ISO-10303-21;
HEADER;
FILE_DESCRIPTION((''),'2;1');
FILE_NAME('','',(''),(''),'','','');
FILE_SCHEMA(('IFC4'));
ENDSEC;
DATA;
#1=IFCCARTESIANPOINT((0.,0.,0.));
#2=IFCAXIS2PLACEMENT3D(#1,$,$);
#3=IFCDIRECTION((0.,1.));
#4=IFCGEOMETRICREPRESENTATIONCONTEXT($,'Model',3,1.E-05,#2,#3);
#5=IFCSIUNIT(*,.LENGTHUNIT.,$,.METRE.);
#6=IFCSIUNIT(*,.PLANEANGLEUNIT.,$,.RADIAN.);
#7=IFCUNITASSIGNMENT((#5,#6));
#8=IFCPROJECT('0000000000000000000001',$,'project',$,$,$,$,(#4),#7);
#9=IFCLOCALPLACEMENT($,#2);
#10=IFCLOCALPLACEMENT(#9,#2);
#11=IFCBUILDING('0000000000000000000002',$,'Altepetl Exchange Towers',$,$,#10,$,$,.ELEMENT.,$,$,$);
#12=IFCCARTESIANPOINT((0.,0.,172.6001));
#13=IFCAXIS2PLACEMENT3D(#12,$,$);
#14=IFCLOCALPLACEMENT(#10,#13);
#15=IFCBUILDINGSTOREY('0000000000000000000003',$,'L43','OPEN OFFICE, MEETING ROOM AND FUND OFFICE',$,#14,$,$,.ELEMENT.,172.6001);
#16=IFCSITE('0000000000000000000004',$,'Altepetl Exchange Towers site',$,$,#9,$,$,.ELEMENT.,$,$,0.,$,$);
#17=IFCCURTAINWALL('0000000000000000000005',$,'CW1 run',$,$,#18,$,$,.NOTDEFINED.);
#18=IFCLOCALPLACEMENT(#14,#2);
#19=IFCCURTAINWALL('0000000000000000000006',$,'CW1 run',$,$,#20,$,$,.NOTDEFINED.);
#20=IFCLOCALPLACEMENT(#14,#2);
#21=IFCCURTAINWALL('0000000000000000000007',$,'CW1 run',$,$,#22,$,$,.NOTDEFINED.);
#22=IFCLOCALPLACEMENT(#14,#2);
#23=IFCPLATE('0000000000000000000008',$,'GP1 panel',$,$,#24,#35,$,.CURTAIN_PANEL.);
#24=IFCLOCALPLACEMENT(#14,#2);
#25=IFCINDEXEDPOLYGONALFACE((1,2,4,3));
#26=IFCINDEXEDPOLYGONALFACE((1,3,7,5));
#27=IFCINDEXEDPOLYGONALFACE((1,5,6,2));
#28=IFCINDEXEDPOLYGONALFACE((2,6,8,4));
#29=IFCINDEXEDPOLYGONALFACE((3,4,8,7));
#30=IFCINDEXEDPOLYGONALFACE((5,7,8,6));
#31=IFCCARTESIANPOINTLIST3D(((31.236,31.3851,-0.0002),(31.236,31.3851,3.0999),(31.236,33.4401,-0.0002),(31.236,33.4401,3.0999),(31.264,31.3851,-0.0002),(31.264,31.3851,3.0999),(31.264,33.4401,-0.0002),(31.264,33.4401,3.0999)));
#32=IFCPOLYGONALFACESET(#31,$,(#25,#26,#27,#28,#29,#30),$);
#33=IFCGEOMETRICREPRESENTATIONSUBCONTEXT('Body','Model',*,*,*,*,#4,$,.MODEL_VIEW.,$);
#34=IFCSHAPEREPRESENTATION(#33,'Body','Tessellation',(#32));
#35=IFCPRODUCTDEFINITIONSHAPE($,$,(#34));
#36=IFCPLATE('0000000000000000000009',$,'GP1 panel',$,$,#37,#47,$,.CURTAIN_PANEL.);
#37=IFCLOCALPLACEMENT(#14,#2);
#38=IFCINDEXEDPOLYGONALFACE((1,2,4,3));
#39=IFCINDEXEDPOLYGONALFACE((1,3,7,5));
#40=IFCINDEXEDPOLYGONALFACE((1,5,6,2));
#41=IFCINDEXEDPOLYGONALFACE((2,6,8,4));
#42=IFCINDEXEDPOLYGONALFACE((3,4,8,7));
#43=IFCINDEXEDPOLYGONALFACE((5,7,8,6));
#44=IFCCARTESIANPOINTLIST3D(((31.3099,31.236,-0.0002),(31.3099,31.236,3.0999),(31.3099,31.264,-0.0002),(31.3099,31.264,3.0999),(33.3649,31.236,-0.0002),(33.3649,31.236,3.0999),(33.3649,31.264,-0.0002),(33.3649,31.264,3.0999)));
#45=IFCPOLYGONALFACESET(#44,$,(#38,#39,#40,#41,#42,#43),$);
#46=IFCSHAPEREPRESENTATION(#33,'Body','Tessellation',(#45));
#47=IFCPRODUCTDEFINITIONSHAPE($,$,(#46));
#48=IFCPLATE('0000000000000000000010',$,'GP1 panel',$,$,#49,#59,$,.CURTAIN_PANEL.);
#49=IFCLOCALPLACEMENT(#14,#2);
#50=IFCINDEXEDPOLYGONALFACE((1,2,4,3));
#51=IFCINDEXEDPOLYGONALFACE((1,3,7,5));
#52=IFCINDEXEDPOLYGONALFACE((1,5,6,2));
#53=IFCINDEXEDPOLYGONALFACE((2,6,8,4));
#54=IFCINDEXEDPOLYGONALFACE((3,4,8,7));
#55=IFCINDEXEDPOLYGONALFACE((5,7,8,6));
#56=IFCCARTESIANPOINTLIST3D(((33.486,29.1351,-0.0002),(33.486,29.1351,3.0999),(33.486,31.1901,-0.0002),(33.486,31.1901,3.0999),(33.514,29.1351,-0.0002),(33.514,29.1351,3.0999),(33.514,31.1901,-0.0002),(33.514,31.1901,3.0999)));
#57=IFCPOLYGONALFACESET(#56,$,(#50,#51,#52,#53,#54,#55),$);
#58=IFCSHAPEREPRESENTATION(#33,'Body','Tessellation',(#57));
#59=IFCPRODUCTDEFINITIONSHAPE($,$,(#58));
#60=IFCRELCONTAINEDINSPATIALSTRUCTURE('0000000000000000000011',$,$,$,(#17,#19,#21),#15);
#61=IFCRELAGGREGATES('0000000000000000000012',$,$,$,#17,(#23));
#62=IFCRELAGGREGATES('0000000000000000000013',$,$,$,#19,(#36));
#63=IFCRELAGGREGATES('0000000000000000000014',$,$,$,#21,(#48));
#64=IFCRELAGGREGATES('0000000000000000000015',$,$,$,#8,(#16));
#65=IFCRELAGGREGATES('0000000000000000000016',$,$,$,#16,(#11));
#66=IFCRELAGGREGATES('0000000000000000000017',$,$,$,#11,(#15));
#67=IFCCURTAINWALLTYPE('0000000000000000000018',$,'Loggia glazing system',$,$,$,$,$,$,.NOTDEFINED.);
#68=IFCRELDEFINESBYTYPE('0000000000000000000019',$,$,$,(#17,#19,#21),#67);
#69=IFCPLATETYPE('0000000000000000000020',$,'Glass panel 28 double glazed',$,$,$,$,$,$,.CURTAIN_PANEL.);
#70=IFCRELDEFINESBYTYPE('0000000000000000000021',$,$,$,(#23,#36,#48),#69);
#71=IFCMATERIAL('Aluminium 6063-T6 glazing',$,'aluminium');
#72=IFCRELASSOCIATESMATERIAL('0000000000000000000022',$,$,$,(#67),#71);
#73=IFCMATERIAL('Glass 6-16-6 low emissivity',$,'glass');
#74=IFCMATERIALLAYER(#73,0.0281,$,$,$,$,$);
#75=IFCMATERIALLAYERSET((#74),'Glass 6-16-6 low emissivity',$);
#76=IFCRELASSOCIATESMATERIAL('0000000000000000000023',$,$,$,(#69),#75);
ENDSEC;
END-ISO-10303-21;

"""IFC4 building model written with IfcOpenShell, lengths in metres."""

from ifc_helpers import new_model, si_unit, direction, frame, origin, origin_2d, place, context, subcontext, project, spatial, rectangle, extrude, material, layer, layer_set, type_object, element, aggregate, save


model = new_model("IFC4")

# Units and contexts
model_context = context("Model", 3, precision=1e-05, world=origin(), true_north=direction((0.0, 1.0)))
body_context = subcontext(model_context, "Body", "Model", "MODEL_VIEW")
ifc_project = project(units=[si_unit("LENGTHUNIT", "METRE"), si_unit("PLANEANGLEUNIT", "RADIAN")], contexts=[model_context])

# Site, building, storey
site_placement = place(None, origin())
site = spatial("IfcSite", under=ifc_project, at=site_placement, Name="Altepetl Exchange Towers site", CompositionType="ELEMENT", RefElevation=0.0)
building_placement = place(site_placement, origin())
building = spatial("IfcBuilding", under=site, at=building_placement, Name="Altepetl Exchange Towers", CompositionType="ELEMENT")
storey_placement = place(building_placement, frame((0.0, 0.0, 172.6001)))
storey = spatial("IfcBuildingStorey", under=building, at=storey_placement, Name="L43", Description="OPEN OFFICE, MEETING ROOM AND FUND OFFICE", CompositionType="ELEMENT", Elevation=172.6001)

# Curtain walls
ifc_material_1 = material(Name="Aluminium 6063-T6 glazing", Category="aluminium")
curtain_wall_type = type_object("IfcCurtainWallType", Name="Loggia glazing system", PredefinedType="NOTDEFINED", material=ifc_material_1)
curtain_wall_1_placement = place(storey_placement, origin())
curtain_wall_1 = element("IfcCurtainWall", 1, at=curtain_wall_1_placement, inside=storey, type_object=curtain_wall_type, Name="CW1 run", PredefinedType="NOTDEFINED")
curtain_wall_2_placement = place(storey_placement, origin())
curtain_wall_2 = element("IfcCurtainWall", 2, at=curtain_wall_2_placement, inside=storey, type_object=curtain_wall_type, Name="CW1 run", PredefinedType="NOTDEFINED")
curtain_wall_3_placement = place(storey_placement, origin())
curtain_wall_3 = element("IfcCurtainWall", 3, at=curtain_wall_3_placement, inside=storey, type_object=curtain_wall_type, Name="CW1 run", PredefinedType="NOTDEFINED")

# Plates
ifc_material_2 = material(Name="Glass 6-16-6 low emissivity", Category="glass")
ifc_layer = layer(ifc_material_2, 0.0281)
ifc_layer_set = layer_set([ifc_layer], Name="Glass 6-16-6 low emissivity")
plate_type = type_object("IfcPlateType", Name="Glass panel 28 double glazed", PredefinedType="CURTAIN_PANEL", material=ifc_layer_set)
plate_1_placement = place(storey_placement, frame((31.25, 32.4126, -0.0002), z_axis=(0.0, 0.0, 1.0), x_axis=(0.0, -1.0, 0.0)))
plate_1 = element("IfcPlate", 4, at=plate_1_placement, type_object=plate_type, Name="GP1 panel", PredefinedType="CURTAIN_PANEL", context=body_context, shape_type="SweptSolid", body=[
    extrude(rectangle(XDim=2.0549, YDim=0.0281, at=origin_2d()), origin(), (0.0, 0.0, 1.0), 3.1001),
])
aggregate(curtain_wall_1, [plate_1])
plate_2_placement = place(storey_placement, frame((32.3374, 31.25, -0.0002)))
plate_2 = element("IfcPlate", 5, at=plate_2_placement, type_object=plate_type, Name="GP1 panel", PredefinedType="CURTAIN_PANEL", context=body_context, shape_type="SweptSolid", body=[
    extrude(rectangle(XDim=2.0549, YDim=0.0281, at=origin_2d()), origin(), (0.0, 0.0, 1.0), 3.1001),
])
aggregate(curtain_wall_2, [plate_2])
plate_3_placement = place(storey_placement, frame((33.5, 30.1626, -0.0002), z_axis=(0.0, 0.0, 1.0), x_axis=(0.0, -1.0, 0.0)))
plate_3 = element("IfcPlate", 6, at=plate_3_placement, type_object=plate_type, Name="GP1 panel", PredefinedType="CURTAIN_PANEL", context=body_context, shape_type="SweptSolid", body=[
    extrude(rectangle(XDim=2.0549, YDim=0.0281, at=origin_2d()), origin(), (0.0, 0.0, 1.0), 3.1001),
])
aggregate(curtain_wall_3, [plate_3])

save(model, "model.ifc")
